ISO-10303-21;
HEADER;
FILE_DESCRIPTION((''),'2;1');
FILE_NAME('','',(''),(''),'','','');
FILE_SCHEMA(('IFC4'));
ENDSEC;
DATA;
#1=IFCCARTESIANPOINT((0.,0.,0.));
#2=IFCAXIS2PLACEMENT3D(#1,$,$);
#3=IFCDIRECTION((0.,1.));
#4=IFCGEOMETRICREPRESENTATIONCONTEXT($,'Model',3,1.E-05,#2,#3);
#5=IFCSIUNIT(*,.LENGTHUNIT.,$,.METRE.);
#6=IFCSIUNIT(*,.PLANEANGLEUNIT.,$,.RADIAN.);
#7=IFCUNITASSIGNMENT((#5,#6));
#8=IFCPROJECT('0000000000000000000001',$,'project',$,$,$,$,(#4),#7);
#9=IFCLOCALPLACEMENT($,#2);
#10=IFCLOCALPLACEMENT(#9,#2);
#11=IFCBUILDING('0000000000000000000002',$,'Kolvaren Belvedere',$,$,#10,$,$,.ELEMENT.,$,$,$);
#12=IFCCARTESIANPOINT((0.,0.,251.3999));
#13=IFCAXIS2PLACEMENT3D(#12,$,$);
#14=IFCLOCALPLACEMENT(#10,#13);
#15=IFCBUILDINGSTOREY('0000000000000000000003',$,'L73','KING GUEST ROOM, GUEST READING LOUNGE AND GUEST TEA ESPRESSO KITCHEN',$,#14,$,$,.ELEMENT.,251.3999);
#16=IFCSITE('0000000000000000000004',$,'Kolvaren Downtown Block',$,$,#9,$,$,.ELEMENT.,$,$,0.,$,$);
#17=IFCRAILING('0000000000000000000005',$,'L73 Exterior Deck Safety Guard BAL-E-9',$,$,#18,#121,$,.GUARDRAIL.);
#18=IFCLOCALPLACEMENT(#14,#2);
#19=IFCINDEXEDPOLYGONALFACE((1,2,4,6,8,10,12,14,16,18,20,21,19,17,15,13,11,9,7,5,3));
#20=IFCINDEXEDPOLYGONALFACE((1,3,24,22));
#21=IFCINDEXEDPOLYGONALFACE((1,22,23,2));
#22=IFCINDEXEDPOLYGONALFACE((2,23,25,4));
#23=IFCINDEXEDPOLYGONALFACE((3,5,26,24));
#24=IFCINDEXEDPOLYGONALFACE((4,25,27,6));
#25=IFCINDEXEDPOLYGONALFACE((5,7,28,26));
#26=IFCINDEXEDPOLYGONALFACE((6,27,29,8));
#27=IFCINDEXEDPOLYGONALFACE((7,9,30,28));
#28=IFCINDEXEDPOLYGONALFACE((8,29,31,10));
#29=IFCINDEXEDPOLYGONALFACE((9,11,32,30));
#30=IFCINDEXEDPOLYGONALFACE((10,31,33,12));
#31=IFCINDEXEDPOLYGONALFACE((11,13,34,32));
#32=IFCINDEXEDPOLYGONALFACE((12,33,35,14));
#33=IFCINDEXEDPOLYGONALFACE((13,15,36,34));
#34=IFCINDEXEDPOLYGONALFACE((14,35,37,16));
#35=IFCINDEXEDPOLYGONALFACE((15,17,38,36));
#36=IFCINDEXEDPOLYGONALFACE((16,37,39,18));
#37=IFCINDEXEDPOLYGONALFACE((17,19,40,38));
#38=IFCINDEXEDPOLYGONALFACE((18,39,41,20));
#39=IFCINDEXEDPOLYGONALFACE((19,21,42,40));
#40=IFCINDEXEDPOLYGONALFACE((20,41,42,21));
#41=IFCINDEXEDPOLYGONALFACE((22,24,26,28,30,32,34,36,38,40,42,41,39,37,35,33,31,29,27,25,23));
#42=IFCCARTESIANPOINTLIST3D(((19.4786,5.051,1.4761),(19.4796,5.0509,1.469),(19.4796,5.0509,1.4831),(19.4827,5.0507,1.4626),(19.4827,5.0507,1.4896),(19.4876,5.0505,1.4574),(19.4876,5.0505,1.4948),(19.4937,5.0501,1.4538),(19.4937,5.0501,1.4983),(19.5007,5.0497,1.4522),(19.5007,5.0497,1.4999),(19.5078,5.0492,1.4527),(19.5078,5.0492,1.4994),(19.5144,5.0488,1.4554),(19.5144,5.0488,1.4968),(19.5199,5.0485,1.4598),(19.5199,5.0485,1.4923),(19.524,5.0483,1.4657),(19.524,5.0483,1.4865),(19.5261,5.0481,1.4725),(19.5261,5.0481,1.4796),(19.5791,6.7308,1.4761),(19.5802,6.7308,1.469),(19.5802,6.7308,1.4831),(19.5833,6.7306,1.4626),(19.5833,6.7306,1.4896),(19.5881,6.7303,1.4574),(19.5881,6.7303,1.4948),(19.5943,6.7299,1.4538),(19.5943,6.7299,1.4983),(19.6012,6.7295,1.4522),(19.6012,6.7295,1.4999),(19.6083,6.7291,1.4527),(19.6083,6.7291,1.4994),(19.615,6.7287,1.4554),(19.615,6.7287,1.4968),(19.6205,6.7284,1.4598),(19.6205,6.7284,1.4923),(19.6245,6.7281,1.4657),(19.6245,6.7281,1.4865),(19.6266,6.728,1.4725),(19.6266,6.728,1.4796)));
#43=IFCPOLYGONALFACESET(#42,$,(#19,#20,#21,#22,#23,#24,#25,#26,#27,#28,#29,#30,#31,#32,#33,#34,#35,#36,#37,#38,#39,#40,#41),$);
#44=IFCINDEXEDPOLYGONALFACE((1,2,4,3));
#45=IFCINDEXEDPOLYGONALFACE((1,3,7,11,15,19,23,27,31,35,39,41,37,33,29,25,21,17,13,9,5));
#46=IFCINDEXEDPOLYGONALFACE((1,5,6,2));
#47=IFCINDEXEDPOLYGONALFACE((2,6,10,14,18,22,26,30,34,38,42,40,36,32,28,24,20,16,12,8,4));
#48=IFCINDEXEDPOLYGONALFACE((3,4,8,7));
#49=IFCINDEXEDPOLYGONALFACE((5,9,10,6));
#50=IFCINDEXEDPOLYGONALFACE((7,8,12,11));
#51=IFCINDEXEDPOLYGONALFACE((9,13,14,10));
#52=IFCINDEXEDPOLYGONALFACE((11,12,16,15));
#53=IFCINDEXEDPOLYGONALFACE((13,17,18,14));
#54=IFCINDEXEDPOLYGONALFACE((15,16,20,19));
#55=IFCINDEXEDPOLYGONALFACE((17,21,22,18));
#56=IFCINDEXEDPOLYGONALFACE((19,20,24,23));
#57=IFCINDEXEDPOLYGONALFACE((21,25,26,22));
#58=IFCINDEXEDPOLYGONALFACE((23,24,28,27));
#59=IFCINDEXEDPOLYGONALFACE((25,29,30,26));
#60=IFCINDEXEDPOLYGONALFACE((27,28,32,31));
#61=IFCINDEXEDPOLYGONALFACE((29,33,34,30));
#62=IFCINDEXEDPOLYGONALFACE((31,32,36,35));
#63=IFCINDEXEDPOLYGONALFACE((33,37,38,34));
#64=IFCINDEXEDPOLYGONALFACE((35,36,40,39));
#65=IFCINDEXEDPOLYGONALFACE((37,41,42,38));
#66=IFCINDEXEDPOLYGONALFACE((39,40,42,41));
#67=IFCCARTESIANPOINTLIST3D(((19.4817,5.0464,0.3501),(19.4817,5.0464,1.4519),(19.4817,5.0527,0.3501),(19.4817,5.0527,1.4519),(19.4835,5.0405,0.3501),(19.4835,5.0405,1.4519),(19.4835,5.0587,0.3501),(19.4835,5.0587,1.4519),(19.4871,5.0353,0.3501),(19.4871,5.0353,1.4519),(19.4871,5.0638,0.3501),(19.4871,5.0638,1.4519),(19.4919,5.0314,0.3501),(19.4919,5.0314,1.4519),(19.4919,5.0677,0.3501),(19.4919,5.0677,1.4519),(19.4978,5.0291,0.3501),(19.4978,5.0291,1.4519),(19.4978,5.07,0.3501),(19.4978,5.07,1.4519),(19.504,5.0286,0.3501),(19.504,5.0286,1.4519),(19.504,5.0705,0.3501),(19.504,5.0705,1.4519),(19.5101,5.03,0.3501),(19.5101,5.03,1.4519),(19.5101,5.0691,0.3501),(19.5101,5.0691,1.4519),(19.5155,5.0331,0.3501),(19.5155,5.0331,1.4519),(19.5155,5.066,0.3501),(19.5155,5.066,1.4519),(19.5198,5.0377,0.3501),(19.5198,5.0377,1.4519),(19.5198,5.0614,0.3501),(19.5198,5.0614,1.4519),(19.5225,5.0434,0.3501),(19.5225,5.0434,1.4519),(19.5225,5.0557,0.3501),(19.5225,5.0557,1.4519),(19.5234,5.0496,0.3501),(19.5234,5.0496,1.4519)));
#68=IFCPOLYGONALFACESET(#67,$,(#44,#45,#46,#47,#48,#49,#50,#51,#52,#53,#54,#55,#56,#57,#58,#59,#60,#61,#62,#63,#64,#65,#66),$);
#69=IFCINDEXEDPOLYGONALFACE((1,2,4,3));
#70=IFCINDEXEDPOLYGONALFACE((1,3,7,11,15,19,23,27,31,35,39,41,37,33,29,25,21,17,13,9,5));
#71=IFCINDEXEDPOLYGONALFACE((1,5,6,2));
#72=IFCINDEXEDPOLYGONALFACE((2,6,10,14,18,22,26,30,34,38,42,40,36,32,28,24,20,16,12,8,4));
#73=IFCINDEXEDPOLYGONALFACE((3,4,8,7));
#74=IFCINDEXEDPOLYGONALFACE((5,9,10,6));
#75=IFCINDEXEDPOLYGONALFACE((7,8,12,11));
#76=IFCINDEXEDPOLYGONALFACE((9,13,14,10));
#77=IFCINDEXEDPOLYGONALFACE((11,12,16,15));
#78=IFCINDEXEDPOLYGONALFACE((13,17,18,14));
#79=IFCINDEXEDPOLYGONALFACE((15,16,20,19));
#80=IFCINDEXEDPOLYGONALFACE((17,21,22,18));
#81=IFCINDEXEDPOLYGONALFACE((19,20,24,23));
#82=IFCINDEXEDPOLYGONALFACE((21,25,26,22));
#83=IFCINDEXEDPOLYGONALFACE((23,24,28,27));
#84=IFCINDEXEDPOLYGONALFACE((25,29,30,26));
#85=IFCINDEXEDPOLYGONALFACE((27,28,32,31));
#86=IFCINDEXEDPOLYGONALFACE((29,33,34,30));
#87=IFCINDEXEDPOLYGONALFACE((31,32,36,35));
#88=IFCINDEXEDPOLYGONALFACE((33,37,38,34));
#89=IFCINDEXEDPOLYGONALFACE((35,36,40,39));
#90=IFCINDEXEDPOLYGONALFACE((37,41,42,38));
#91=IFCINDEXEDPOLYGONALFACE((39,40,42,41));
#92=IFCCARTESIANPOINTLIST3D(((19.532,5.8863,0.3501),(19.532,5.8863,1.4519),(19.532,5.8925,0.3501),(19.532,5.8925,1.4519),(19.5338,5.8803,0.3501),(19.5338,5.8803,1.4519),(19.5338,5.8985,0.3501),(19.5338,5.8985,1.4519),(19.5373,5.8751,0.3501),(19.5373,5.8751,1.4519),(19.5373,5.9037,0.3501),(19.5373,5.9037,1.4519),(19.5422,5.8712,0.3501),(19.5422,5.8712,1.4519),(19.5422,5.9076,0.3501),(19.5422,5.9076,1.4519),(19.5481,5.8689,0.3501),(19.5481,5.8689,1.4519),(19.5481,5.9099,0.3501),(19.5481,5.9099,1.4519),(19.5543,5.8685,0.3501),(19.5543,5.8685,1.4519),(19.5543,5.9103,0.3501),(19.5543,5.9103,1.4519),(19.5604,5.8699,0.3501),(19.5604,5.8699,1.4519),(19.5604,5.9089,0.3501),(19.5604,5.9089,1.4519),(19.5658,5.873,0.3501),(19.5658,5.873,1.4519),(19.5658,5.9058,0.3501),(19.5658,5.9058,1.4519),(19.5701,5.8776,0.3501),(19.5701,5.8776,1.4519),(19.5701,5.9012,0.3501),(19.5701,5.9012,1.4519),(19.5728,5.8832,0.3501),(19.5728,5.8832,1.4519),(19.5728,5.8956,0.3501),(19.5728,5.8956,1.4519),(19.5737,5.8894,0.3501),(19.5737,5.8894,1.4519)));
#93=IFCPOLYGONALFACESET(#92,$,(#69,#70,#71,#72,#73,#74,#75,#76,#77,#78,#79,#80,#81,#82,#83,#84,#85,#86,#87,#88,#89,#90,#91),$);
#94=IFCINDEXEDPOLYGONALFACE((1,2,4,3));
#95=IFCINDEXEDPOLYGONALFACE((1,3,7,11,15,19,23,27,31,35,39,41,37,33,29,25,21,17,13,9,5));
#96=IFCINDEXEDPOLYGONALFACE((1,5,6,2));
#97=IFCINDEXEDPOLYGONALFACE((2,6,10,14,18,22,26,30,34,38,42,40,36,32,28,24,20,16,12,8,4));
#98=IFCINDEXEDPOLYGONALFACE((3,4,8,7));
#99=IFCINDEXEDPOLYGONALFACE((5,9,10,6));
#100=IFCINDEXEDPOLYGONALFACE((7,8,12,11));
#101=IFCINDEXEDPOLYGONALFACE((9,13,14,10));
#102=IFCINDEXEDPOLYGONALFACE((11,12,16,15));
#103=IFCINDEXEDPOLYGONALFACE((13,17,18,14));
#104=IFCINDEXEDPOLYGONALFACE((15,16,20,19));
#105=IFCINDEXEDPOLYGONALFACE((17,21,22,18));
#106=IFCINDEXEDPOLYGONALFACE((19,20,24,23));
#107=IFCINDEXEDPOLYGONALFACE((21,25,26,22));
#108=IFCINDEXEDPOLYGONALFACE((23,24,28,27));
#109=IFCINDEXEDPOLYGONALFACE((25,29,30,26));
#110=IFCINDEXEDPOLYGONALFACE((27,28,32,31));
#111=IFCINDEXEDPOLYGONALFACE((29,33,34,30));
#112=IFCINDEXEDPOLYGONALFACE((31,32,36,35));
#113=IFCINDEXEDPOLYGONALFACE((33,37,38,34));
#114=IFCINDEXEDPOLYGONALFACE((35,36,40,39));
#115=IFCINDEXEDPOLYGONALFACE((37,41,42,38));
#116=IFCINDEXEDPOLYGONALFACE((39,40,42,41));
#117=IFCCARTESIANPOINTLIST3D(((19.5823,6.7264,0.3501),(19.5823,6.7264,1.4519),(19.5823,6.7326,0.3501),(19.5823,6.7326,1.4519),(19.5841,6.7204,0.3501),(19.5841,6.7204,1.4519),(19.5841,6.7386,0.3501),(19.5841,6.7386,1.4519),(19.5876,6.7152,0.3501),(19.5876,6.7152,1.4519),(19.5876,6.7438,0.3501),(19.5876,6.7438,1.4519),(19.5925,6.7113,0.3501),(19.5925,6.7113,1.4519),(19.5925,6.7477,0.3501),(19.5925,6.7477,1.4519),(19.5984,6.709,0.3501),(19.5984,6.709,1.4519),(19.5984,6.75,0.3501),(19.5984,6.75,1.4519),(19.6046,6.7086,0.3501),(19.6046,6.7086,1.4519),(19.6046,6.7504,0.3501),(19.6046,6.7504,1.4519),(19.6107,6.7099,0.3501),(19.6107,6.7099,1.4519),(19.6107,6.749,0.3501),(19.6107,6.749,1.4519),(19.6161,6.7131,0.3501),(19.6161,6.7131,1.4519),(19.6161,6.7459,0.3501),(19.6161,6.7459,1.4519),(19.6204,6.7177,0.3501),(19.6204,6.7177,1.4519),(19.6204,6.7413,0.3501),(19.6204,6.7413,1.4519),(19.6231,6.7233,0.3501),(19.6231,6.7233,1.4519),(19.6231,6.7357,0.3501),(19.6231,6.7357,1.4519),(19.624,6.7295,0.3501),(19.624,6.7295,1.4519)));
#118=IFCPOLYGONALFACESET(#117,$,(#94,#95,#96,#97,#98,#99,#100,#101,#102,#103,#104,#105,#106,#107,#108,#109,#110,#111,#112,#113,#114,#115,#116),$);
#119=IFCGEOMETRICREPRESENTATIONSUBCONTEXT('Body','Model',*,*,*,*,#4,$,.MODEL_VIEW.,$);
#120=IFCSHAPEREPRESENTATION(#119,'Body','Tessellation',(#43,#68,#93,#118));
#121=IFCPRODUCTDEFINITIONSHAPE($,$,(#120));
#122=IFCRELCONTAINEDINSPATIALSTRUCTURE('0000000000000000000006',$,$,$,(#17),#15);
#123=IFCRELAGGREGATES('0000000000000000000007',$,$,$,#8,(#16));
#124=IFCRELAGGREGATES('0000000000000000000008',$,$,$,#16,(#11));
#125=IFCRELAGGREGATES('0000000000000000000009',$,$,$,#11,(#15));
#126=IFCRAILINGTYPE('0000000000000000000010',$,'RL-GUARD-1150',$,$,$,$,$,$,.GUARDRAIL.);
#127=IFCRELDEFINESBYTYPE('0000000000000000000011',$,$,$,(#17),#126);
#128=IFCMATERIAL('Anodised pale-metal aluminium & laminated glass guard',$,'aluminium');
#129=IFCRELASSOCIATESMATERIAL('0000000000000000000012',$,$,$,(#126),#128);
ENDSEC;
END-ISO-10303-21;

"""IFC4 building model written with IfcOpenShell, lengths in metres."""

from ifc_helpers import new_model, si_unit, direction, frame, origin, origin_2d, place, context, subcontext, project, spatial, circle, extrude, material, type_object, element, save


model = new_model("IFC4")

# Units and contexts
model_context = context("Model", 3, precision=1e-05, world=origin(), true_north=direction((0.0, 1.0)))
body_context = subcontext(model_context, "Body", "Model", "MODEL_VIEW")
ifc_project = project(units=[si_unit("LENGTHUNIT", "METRE"), si_unit("PLANEANGLEUNIT", "RADIAN")], contexts=[model_context])

# Site, building, storey
site_placement = place(None, origin())
site = spatial("IfcSite", under=ifc_project, at=site_placement, Name="Kolvaren Downtown Block", CompositionType="ELEMENT", RefElevation=0.0)
building_placement = place(site_placement, origin())
building = spatial("IfcBuilding", under=site, at=building_placement, Name="Kolvaren Belvedere", CompositionType="ELEMENT")
storey_placement = place(building_placement, frame((0.0, 0.0, 251.3999)))
storey = spatial("IfcBuildingStorey", under=building, at=storey_placement, Name="L73", Description="KING GUEST ROOM, GUEST READING LOUNGE AND GUEST TEA ESPRESSO KITCHEN", CompositionType="ELEMENT", Elevation=251.3999)

# Railing
ifc_material_1 = material(Name="Anodised pale-metal aluminium & laminated glass guard", Category="aluminium")
railing_type = type_object("IfcRailingType", Name="RL-GUARD-1150", PredefinedType="GUARDRAIL", material=ifc_material_1)
railing_1_placement = place(storey_placement, frame((19.5024, 5.0496, 0.3501)))
element("IfcRailing", 1, at=railing_1_placement, inside=storey, type_object=railing_type, Name="L73 Exterior Deck Safety Guard BAL-E-9", PredefinedType="GUARDRAIL", context=body_context, shape_type="SweptSolid", body=[
    extrude(circle(Radius=0.0239, at=origin_2d()), frame((0.0, 0.0, 1.126), z_axis=(0.059768, 0.998212, 0.0), x_axis=(-0.998212, 0.059768, 0.0)), (0.0, 0.0, 1.0), 1.6829),
    extrude(circle(Radius=0.021, at=origin_2d()), origin(), (0.0, 0.0, 1.0), 1.1018),
    extrude(circle(Radius=0.021, at=origin_2d()), frame((0.0503, 0.8398, 0.0)), (0.0, 0.0, 1.0), 1.1018),
    extrude(circle(Radius=0.021, at=origin_2d()), frame((0.1006, 1.6799, 0.0)), (0.0, 0.0, 1.0), 1.1018),
])

save(model, "model.ifc")
